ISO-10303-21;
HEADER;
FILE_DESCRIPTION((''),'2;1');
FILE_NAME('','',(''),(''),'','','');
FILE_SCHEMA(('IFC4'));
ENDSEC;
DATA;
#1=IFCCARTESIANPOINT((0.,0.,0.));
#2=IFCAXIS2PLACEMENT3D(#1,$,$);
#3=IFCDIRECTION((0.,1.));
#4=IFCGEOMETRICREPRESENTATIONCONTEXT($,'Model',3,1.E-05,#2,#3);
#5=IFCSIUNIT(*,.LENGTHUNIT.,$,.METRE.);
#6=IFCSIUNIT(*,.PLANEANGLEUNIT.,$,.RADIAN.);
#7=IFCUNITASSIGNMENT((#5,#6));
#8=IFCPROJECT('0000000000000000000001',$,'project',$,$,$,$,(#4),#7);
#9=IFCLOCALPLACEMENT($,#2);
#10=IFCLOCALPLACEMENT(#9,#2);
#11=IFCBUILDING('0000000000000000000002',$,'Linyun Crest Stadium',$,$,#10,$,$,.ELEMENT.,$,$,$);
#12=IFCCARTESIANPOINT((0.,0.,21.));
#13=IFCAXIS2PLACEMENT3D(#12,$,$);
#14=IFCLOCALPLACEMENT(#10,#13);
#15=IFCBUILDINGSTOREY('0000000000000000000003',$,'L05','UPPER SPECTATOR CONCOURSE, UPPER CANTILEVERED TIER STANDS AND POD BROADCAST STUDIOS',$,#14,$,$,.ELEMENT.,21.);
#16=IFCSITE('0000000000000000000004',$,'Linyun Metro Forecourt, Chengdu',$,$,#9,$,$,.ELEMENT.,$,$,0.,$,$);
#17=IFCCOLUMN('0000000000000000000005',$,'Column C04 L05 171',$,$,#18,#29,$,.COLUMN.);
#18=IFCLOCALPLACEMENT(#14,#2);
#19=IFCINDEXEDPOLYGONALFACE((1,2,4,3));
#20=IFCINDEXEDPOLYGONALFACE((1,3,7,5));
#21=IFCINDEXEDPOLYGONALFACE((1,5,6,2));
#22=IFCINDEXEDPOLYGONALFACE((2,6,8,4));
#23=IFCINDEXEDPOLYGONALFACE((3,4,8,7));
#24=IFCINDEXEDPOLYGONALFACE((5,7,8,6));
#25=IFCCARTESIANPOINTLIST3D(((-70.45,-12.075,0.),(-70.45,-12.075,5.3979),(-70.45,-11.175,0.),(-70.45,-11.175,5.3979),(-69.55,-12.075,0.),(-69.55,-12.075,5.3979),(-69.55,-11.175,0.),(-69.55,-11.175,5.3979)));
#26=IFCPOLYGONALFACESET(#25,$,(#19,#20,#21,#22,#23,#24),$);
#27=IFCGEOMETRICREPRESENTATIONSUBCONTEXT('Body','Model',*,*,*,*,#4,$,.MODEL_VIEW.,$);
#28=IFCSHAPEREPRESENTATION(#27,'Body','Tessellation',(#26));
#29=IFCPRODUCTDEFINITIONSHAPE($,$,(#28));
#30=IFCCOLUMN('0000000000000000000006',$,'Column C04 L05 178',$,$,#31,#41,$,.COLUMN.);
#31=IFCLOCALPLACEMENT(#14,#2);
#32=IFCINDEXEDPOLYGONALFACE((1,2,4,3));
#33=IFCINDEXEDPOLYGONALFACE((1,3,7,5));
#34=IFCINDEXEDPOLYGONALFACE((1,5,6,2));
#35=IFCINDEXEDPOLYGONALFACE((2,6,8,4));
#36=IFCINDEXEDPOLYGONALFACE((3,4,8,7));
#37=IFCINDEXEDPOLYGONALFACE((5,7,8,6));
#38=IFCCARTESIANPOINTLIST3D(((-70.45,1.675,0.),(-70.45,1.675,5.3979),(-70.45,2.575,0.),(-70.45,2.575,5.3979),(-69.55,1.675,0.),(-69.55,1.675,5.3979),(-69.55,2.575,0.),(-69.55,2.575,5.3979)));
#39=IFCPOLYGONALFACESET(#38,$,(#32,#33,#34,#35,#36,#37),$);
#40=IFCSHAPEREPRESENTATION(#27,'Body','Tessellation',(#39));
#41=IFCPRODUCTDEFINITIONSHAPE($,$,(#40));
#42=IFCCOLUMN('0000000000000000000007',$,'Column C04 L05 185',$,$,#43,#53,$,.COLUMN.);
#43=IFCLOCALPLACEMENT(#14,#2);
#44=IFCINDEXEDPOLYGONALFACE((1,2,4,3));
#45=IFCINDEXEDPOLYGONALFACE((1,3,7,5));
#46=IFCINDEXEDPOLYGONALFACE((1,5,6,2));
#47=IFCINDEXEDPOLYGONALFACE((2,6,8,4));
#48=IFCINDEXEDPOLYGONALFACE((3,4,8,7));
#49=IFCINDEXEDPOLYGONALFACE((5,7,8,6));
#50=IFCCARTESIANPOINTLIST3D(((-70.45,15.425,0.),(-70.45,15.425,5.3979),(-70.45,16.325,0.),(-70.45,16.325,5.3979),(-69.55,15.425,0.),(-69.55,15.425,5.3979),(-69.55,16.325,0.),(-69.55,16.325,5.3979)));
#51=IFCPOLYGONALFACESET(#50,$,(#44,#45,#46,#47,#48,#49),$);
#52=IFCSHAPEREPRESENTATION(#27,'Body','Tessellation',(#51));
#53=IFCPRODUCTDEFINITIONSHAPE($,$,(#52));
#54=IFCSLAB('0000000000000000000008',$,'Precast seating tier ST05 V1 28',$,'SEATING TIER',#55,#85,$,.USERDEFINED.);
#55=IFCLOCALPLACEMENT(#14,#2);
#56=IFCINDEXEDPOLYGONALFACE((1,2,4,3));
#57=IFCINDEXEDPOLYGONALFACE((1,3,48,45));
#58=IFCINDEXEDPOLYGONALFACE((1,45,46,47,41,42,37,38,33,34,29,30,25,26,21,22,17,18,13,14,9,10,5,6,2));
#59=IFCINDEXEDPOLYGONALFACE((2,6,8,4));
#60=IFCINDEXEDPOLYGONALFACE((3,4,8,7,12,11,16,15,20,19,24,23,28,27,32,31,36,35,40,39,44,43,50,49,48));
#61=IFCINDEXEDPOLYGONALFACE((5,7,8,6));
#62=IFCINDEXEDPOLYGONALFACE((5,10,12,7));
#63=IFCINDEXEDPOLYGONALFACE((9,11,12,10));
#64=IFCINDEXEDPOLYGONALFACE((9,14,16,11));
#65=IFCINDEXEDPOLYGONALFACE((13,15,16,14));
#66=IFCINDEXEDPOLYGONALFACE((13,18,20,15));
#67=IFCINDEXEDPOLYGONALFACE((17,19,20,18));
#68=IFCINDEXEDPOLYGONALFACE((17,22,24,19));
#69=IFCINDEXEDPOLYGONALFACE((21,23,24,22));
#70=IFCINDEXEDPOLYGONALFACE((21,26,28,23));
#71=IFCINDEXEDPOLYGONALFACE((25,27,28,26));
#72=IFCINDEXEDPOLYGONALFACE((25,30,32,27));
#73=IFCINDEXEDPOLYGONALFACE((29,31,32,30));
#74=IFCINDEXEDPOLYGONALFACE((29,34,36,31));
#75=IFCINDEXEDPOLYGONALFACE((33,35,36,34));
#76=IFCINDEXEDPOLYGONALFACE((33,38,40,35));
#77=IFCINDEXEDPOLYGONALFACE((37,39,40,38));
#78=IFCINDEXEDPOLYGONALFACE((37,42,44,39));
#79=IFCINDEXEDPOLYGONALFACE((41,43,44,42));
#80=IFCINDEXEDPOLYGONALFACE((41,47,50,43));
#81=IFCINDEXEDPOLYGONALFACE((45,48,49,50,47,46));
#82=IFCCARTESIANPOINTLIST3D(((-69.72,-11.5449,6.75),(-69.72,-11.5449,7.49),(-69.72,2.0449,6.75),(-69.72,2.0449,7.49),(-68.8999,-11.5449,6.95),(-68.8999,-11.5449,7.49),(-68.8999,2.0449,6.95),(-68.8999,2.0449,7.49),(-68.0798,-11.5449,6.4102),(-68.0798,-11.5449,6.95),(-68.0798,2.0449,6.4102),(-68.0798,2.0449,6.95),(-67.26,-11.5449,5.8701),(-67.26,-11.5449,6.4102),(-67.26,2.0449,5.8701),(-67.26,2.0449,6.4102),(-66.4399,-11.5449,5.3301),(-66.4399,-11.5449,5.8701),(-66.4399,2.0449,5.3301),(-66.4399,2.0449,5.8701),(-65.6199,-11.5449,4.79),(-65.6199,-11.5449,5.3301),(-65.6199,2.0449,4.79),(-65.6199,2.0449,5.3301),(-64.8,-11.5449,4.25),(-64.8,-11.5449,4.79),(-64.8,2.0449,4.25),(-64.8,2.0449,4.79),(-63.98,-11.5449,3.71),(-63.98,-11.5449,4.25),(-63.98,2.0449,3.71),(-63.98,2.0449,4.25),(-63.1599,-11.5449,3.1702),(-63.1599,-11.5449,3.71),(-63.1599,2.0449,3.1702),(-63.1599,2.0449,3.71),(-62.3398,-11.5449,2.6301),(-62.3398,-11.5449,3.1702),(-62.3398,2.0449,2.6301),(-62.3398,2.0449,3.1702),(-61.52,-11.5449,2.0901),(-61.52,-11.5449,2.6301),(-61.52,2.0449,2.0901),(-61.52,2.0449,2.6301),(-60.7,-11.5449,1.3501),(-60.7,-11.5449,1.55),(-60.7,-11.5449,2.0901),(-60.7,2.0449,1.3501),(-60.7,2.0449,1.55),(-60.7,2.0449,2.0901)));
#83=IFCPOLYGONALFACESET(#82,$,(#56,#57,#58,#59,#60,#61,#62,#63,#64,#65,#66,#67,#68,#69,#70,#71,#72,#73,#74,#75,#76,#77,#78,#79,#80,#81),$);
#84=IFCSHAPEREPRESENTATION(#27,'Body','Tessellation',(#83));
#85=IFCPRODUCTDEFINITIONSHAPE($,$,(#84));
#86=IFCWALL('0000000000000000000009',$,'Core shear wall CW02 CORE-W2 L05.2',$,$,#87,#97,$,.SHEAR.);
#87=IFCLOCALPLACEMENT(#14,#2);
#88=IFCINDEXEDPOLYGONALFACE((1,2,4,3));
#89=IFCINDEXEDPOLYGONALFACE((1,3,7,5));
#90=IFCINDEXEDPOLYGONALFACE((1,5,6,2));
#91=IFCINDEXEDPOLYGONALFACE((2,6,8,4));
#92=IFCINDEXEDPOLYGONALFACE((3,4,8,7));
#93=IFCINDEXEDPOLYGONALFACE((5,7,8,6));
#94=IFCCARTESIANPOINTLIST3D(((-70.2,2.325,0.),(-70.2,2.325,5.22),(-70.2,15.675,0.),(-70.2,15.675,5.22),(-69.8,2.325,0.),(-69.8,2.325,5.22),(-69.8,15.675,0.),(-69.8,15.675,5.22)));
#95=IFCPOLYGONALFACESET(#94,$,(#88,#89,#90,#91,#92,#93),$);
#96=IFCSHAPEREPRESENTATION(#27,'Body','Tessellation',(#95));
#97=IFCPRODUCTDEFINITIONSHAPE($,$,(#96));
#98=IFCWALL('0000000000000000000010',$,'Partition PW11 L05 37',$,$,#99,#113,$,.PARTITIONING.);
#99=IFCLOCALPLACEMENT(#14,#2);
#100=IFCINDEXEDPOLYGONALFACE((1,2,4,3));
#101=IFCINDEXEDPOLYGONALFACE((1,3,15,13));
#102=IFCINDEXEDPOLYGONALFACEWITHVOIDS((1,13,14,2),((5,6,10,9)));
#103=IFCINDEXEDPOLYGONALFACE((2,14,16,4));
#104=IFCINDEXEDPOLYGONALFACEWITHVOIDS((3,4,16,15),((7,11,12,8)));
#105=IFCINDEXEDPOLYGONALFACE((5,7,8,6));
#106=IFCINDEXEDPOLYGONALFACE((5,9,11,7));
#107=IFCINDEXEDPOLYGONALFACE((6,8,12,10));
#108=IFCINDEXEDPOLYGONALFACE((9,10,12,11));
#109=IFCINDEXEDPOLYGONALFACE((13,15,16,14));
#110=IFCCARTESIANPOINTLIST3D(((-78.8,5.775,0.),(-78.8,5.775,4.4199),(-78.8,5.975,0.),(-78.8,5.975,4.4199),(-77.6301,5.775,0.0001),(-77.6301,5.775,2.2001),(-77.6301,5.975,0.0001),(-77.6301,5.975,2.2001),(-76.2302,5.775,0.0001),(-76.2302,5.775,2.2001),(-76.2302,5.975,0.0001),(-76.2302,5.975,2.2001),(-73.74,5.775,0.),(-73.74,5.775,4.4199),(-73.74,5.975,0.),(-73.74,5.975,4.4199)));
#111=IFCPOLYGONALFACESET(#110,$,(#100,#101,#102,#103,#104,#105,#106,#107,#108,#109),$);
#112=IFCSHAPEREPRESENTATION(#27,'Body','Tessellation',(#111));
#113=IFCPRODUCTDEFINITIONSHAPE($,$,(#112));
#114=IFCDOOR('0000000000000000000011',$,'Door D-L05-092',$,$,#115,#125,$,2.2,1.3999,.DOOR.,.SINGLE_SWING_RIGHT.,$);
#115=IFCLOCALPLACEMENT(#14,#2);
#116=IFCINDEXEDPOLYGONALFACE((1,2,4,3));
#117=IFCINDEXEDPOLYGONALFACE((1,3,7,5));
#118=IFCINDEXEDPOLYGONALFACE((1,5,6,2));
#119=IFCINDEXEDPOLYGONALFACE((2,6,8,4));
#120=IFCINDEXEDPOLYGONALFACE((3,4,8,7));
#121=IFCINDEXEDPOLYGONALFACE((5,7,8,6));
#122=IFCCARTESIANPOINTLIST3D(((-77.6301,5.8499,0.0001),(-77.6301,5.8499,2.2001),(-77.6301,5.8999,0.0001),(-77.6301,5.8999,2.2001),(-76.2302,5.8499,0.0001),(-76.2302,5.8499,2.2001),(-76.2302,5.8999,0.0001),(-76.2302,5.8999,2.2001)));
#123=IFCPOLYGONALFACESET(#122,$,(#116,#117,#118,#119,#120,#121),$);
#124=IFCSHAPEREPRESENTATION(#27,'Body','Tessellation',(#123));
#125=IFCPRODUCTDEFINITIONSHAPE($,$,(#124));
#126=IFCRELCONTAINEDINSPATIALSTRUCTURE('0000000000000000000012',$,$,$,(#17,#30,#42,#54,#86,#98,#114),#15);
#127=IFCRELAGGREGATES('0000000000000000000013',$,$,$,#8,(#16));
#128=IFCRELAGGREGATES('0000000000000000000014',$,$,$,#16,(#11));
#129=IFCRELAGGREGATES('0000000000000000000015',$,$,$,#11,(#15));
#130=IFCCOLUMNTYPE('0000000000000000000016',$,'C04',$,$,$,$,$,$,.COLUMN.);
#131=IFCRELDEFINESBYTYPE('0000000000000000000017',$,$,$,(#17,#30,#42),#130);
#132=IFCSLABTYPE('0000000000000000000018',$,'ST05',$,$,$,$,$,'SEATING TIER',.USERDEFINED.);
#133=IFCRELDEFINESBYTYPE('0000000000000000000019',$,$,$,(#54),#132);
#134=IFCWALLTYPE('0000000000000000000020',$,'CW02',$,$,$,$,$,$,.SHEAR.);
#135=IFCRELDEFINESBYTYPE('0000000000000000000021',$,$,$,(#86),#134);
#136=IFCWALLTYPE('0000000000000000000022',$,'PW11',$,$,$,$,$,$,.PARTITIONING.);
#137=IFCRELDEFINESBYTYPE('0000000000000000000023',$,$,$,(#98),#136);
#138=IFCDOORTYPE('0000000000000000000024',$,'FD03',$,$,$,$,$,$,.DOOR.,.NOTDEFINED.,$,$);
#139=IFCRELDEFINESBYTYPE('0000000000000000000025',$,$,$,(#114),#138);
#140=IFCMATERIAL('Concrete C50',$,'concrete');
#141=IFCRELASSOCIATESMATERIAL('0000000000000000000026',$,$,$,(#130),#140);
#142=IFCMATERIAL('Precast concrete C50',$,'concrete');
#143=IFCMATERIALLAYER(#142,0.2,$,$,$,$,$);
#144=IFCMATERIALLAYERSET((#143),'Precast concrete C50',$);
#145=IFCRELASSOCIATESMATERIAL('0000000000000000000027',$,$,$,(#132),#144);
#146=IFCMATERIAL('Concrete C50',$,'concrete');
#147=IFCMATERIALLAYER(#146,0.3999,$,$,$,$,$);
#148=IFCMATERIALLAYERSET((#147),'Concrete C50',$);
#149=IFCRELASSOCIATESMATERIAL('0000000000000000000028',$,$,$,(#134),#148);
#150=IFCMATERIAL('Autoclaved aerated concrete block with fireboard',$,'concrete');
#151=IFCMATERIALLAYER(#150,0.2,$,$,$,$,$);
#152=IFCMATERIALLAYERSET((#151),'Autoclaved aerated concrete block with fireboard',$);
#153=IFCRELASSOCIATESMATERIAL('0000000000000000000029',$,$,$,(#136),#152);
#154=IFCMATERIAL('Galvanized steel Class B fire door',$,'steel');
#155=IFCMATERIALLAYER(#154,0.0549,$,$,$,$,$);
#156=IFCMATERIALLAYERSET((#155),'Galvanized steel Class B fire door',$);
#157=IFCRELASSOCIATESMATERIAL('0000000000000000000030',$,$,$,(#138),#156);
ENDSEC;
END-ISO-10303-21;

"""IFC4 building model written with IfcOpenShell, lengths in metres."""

from ifc_helpers import new_model, si_unit, direction, frame, frame_2d, origin, origin_2d, place, context, subcontext, project, spatial, polyline, rectangle, outline, extrude, material, layer, layer_set, material_profile, profile_set, type_object, element, fill, save


model = new_model("IFC4")

# Units and contexts
model_context = context("Model", 3, precision=1e-05, world=origin(), true_north=direction((0.0, 1.0)))
body_context = subcontext(model_context, "Body", "Model", "MODEL_VIEW")
ifc_project = project(units=[si_unit("LENGTHUNIT", "METRE"), si_unit("PLANEANGLEUNIT", "RADIAN")], contexts=[model_context])

# Site, building, storey
site_placement = place(None, origin())
site = spatial("IfcSite", under=ifc_project, at=site_placement, Name="Linyun Metro Forecourt, Chengdu", CompositionType="ELEMENT", RefElevation=0.0)
building_placement = place(site_placement, origin())
building = spatial("IfcBuilding", under=site, at=building_placement, Name="Linyun Crest Stadium", CompositionType="ELEMENT")
storey_placement = place(building_placement, frame((0.0, 0.0, 21.0)))
storey = spatial("IfcBuildingStorey", under=building, at=storey_placement, Name="L05", Description="UPPER SPECTATOR CONCOURSE, UPPER CANTILEVERED TIER STANDS AND POD BROADCAST STUDIOS", CompositionType="ELEMENT", Elevation=21.0)

# Columns
ifc_material_1 = material(Name="Concrete C50", Category="concrete")
ifc_material_profile = material_profile(ifc_material_1, rectangle(XDim=0.8999, YDim=0.8999, at=origin_2d()), Name="RC 900x900")
ifc_profile_set = profile_set([ifc_material_profile], Name="Concrete C50")
column_type = type_object("IfcColumnType", Name="C04", PredefinedType="COLUMN", material=ifc_profile_set)
for number, where, z_axis, x_axis, name in (
    (1, (-70.0, -11.625, 0.0), (0.0, 0.0, 1.0), (1.0, 0.0, 0.0), "Column C04 L05 171"),
    (2, (-70.0, 2.125, 0.0), (0.0, 0.0, 1.0), (1.0, 0.0, 0.0), "Column C04 L05 178"),
    (3, (-70.0, 15.875, 0.0), (0.0, 0.0, 1.0), (1.0, 0.0, 0.0), "Column C04 L05 185"),
):
    element("IfcColumn", number, at=place(storey_placement, frame(where, z_axis=z_axis, x_axis=x_axis)), inside=storey, type_object=column_type, Name=name, PredefinedType="COLUMN", context=body_context, shape_type="SweptSolid", body=[
        extrude(rectangle(XDim=0.8999, YDim=0.8999, at=origin_2d()), origin(), (0.0, 0.0, 1.0), 5.3979),
    ])

# Slab
ifc_material_2 = material(Name="Precast concrete C50", Category="concrete")
ifc_layer_1 = layer(ifc_material_2, 0.2)
ifc_layer_set_1 = layer_set([ifc_layer_1], Name="Precast concrete C50")
slab_type = type_object("IfcSlabType", Name="ST05", ElementType="SEATING TIER", PredefinedType="USERDEFINED", material=ifc_layer_set_1)
slab_placement = place(storey_placement, frame((-60.7, -11.5449, 1.55), z_axis=(0.0, 0.0, 1.0), x_axis=(-1.0, 0.0, 0.0)))
element("IfcSlab", 4, at=slab_placement, inside=storey, type_object=slab_type, Name="Precast seating tier ST05 V1 28", ObjectType="SEATING TIER", PredefinedType="USERDEFINED", context=body_context, shape_type="SweptSolid", body=[
    extrude(outline(polyline([(0.0, 0.0), (0.0, 0.54), (0.8201, 0.54), (0.8201, 1.0801), (1.6399, 1.0801), (1.6399, 1.6201), (2.46, 1.6201), (2.46, 2.1599), (3.28, 2.1599), (3.28, 2.7), (4.1001, 2.7), (4.1001, 3.24), (4.9199, 3.24), (4.9199, 3.78), (5.74, 3.78), (5.74, 4.3201), (6.5601, 4.3201), (6.5601, 4.8601), (7.3799, 4.8601), (7.3799, 5.3999), (8.2, 5.3999), (8.2, 5.9399), (9.02, 5.9399), (9.02, 5.2), (0.0, -0.2), (0.0, 0.0)])), frame((0.0, 0.0, 0.0), z_axis=(0.0, -1.0, 0.0), x_axis=(1.0, 0.0, 0.0)), (0.0, 0.0, 1.0), 13.5898),
])

# Wall
ifc_material_3 = material(Name="Concrete C50", Category="concrete")
ifc_layer_2 = layer(ifc_material_3, 0.3999)
ifc_layer_set_2 = layer_set([ifc_layer_2], Name="Concrete C50")
wall_type_1 = type_object("IfcWallType", Name="CW02", PredefinedType="SHEAR", material=ifc_layer_set_2)
wall_1_placement = place(storey_placement, frame((-70.0, 2.325, 0.0), z_axis=(0.0, 0.0, 1.0), x_axis=(0.0, 1.0, 0.0)))
element("IfcWall", 5, at=wall_1_placement, inside=storey, type_object=wall_type_1, Name="Core shear wall CW02 CORE-W2 L05.2", PredefinedType="SHEAR", context=body_context, shape_type="SweptSolid", body=[
    extrude(rectangle(XDim=13.3501, YDim=0.3999, at=frame_2d((6.675, 0.0))), origin(), (0.0, 0.0, 1.0), 5.22),
])

# Wall, opening, door
ifc_material_4 = material(Name="Autoclaved aerated concrete block with fireboard", Category="concrete")
ifc_layer_3 = layer(ifc_material_4, 0.2)
ifc_layer_set_3 = layer_set([ifc_layer_3], Name="Autoclaved aerated concrete block with fireboard")
wall_type_2 = type_object("IfcWallType", Name="PW11", PredefinedType="PARTITIONING", material=ifc_layer_set_3)
wall_2_placement = place(storey_placement, frame((-78.8, 5.875, 0.0), z_axis=(0.0, 0.0, 1.0), x_axis=(1.0, 0.0, 0.0)))
wall_2 = element("IfcWall", 6, at=wall_2_placement, inside=storey, type_object=wall_type_2, Name="Partition PW11 L05 37", PredefinedType="PARTITIONING", context=body_context, shape_type="SweptSolid", body=[
    extrude(rectangle(XDim=5.0601, YDim=0.2, at=frame_2d((2.53, 0.0))), origin(), (0.0, 0.0, 1.0), 4.4199),
])
opening_1_placement = place(wall_2_placement, frame((1.1699, 0.0, 0.0)))
opening_1 = element("IfcOpeningElement", 7, at=opening_1_placement, cuts=wall_2, PredefinedType="OPENING", context=body_context, shape_type="SweptSolid", body=[
    extrude(rectangle(XDim=1.3999, YDim=2.2, at=frame_2d((0.7, 1.1001))), frame((0.0, 0.1099, 0.0), z_axis=(0.0, -1.0, 0.0), x_axis=(1.0, 0.0, 0.0)), (0.0, 0.0, 1.0), 0.22),
])
ifc_material_5 = material(Name="Galvanized steel Class B fire door", Category="steel")
ifc_layer_4 = layer(ifc_material_5, 0.0549)
ifc_layer_set_4 = layer_set([ifc_layer_4], Name="Galvanized steel Class B fire door")
door_type_1 = type_object("IfcDoorType", Name="FD03", OperationType="NOTDEFINED", PredefinedType="DOOR", material=ifc_layer_set_4)
door_1_placement = place(opening_1_placement, origin())
door_1 = element("IfcDoor", 8, at=door_1_placement, inside=storey, type_object=door_type_1, Name="Door D-L05-092", OperationType="SINGLE_SWING_RIGHT", OverallHeight=2.2, OverallWidth=1.3999, PredefinedType="DOOR", context=body_context, shape_type="SweptSolid", body=[
    extrude(rectangle(XDim=1.3999, YDim=2.2, at=frame_2d((0.7, 1.1001))), frame((0.0, 0.0249, 0.0), z_axis=(0.0, -1.0, 0.0), x_axis=(1.0, 0.0, 0.0)), (0.0, 0.0, 1.0), 0.05),
])
fill(opening_1, door_1)

save(model, "model.ifc")
